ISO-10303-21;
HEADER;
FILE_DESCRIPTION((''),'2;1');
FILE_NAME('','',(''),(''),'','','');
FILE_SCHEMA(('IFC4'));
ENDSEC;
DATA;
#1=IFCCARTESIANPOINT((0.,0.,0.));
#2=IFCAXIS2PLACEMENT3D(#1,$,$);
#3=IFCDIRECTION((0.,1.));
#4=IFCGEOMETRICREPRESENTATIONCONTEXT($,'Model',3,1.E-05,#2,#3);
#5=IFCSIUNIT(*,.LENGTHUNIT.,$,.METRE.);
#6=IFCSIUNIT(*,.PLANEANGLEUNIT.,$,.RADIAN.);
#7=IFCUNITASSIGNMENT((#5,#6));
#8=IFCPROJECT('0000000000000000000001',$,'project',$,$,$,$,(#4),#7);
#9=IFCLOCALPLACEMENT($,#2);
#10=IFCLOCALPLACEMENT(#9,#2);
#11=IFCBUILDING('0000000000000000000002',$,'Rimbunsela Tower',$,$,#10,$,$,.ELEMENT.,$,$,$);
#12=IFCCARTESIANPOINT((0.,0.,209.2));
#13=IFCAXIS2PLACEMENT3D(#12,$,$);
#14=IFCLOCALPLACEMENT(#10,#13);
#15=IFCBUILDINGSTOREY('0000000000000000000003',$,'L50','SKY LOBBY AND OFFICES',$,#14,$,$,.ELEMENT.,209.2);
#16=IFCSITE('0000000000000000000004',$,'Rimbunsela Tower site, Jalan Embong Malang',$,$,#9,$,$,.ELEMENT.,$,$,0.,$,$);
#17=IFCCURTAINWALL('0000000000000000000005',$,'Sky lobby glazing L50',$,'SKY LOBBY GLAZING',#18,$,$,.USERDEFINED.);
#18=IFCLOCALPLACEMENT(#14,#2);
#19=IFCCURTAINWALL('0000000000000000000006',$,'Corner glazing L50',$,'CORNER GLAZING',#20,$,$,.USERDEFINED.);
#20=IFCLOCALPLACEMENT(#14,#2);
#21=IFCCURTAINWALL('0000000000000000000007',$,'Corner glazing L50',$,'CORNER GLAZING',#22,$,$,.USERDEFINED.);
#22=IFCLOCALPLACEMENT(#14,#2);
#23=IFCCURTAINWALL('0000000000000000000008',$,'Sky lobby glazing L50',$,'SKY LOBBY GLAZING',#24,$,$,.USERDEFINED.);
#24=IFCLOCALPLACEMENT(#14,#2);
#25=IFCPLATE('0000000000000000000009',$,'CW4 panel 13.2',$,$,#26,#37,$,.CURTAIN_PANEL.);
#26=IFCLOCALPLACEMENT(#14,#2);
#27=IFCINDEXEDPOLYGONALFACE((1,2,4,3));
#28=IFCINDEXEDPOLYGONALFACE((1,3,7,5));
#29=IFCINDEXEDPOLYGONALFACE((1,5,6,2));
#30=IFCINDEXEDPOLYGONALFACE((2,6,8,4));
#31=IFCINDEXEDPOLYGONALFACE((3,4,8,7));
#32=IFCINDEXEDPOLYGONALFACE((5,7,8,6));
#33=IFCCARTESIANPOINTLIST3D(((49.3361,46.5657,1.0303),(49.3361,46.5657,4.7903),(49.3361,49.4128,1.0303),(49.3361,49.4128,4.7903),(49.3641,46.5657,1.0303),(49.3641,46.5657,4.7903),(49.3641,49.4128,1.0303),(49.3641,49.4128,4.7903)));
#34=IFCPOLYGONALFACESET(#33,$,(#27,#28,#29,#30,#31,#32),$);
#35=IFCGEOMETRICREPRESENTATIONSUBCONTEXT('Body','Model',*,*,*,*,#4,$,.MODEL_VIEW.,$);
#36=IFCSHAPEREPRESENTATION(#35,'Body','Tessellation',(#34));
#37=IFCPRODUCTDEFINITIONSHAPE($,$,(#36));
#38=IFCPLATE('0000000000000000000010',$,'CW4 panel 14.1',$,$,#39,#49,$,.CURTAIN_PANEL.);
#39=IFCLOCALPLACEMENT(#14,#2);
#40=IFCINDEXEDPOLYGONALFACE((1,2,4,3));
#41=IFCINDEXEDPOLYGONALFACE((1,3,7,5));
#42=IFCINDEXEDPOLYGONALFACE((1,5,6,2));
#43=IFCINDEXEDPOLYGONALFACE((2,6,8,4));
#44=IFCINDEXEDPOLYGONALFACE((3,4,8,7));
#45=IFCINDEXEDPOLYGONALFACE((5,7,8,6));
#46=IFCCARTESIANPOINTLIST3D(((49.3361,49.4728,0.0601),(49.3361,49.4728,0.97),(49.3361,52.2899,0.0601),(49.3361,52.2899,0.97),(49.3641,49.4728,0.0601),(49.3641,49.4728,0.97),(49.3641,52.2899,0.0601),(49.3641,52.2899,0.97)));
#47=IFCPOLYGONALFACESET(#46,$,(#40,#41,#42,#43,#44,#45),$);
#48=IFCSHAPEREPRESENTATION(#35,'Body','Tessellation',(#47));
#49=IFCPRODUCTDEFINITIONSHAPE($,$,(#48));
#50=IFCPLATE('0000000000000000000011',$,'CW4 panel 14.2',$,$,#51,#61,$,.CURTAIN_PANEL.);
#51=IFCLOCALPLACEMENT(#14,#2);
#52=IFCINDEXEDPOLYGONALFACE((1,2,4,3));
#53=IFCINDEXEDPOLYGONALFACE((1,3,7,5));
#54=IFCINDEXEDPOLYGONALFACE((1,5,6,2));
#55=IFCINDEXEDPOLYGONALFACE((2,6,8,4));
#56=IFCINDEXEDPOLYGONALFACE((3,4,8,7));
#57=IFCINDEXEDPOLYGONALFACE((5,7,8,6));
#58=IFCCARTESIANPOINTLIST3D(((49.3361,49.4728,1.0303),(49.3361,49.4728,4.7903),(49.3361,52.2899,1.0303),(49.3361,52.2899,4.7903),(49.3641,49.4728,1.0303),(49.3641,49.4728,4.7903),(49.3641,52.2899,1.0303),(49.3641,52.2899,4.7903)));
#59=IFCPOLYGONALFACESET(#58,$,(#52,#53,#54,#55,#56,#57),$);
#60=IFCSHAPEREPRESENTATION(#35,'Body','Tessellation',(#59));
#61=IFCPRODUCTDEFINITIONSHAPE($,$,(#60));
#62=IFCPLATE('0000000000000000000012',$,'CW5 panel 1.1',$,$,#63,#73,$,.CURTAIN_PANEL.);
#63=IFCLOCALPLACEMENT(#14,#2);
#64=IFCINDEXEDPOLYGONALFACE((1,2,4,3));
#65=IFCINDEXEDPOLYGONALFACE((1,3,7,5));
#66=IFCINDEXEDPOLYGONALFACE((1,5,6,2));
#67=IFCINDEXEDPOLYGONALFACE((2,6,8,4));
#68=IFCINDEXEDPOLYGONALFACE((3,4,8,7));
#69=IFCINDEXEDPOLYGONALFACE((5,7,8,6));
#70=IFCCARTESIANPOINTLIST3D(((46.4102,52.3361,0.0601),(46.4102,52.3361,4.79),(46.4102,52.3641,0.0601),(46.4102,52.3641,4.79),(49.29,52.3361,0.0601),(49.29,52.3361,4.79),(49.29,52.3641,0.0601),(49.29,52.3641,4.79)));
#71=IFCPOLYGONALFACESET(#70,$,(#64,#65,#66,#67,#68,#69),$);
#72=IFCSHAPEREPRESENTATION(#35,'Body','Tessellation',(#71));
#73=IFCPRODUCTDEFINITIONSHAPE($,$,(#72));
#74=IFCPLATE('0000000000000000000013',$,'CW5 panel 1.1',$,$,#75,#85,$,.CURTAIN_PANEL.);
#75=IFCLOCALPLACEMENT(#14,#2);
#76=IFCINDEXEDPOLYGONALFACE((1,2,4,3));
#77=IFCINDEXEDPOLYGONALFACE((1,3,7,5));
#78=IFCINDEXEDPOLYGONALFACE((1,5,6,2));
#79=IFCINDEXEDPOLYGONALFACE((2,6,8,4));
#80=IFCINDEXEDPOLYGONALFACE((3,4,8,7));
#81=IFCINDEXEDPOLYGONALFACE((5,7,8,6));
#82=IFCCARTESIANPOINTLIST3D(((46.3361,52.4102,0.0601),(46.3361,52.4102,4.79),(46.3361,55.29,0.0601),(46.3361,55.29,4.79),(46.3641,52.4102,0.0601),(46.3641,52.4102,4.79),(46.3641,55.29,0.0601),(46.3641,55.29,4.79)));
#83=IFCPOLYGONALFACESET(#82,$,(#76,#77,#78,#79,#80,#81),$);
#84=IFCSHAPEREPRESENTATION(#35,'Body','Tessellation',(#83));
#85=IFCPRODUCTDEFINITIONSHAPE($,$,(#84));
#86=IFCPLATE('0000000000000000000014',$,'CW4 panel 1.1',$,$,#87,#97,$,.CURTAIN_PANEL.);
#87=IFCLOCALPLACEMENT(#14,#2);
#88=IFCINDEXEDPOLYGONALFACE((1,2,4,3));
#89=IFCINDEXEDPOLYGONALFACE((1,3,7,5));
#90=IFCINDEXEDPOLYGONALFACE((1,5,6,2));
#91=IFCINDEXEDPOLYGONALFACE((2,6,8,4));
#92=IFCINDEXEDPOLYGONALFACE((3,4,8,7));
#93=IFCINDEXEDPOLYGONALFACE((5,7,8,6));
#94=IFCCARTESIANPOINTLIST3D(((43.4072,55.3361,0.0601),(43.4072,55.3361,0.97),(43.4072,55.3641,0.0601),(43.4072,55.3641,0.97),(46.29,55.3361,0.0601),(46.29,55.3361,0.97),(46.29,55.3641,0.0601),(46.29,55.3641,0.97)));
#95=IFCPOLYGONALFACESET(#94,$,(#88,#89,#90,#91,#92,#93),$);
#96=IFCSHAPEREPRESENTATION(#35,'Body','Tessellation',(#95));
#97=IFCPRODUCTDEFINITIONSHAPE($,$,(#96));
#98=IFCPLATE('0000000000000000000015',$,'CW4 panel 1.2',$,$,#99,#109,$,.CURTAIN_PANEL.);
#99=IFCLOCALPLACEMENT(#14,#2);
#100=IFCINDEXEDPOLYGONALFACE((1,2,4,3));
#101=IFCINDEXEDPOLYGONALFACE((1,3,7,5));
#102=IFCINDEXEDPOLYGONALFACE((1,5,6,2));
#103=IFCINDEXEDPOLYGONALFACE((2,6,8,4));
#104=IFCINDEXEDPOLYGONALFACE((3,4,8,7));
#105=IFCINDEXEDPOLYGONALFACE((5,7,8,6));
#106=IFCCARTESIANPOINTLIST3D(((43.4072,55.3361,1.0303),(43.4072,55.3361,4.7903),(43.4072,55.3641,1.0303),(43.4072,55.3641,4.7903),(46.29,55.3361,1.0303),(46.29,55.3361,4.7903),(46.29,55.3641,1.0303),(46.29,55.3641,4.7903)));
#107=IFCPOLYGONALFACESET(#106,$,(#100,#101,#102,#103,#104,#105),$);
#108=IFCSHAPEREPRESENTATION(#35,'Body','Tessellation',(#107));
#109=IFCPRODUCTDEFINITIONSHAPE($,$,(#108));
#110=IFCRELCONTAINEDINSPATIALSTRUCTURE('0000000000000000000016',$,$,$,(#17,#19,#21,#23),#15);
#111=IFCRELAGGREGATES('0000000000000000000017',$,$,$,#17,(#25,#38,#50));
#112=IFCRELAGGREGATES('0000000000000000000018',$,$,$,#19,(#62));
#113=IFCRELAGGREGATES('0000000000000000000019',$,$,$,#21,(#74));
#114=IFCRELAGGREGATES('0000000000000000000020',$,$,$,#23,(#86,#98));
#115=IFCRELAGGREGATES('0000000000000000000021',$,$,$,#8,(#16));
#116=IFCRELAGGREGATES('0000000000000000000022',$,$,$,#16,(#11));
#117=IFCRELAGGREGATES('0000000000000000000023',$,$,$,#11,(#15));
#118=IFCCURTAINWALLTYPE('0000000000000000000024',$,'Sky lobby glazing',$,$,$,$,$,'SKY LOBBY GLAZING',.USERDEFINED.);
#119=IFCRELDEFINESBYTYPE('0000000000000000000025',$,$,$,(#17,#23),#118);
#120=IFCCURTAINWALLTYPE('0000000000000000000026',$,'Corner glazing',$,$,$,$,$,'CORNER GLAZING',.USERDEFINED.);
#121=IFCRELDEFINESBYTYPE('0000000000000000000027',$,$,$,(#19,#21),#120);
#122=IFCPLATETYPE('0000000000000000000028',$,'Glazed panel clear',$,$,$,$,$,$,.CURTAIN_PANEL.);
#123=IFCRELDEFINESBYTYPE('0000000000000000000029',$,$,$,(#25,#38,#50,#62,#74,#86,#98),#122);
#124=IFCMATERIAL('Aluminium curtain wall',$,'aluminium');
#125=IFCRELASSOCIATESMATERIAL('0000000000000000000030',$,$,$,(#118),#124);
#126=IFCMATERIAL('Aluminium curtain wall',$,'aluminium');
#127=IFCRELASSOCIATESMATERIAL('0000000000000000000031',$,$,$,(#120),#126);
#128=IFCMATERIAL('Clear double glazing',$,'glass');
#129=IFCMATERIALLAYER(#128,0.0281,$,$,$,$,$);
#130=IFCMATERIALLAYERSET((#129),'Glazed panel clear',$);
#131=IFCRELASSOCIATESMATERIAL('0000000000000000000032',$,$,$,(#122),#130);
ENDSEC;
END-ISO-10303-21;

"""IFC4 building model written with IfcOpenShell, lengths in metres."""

from ifc_helpers import new_model, si_unit, direction, frame, origin, origin_2d, place, context, subcontext, project, spatial, rectangle, extrude, material, layer, layer_set, type_object, element, aggregate, save


model = new_model("IFC4")

# Units and contexts
model_context = context("Model", 3, precision=1e-05, world=origin(), true_north=direction((0.0, 1.0)))
body_context = subcontext(model_context, "Body", "Model", "MODEL_VIEW")
ifc_project = project(units=[si_unit("LENGTHUNIT", "METRE"), si_unit("PLANEANGLEUNIT", "RADIAN")], contexts=[model_context])

# Site, building, storey
site_placement = place(None, origin())
site = spatial("IfcSite", under=ifc_project, at=site_placement, Name="Rimbunsela Tower site, Jalan Embong Malang", CompositionType="ELEMENT", RefElevation=0.0)
building_placement = place(site_placement, origin())
building = spatial("IfcBuilding", under=site, at=building_placement, Name="Rimbunsela Tower", CompositionType="ELEMENT")
storey_placement = place(building_placement, frame((0.0, 0.0, 209.2)))
storey = spatial("IfcBuildingStorey", under=building, at=storey_placement, Name="L50", Description="SKY LOBBY AND OFFICES", CompositionType="ELEMENT", Elevation=209.2)

# Curtain walls
ifc_material_1 = material(Name="Aluminium curtain wall", Category="aluminium")
curtain_wall_type_1 = type_object("IfcCurtainWallType", Name="Sky lobby glazing", ElementType="SKY LOBBY GLAZING", PredefinedType="USERDEFINED", material=ifc_material_1)
curtain_wall_1_placement = place(storey_placement, origin())
curtain_wall_1 = element("IfcCurtainWall", 1, at=curtain_wall_1_placement, inside=storey, type_object=curtain_wall_type_1, Name="Sky lobby glazing L50", ObjectType="SKY LOBBY GLAZING", PredefinedType="USERDEFINED")
ifc_material_2 = material(Name="Aluminium curtain wall", Category="aluminium")
curtain_wall_type_2 = type_object("IfcCurtainWallType", Name="Corner glazing", ElementType="CORNER GLAZING", PredefinedType="USERDEFINED", material=ifc_material_2)
curtain_wall_2_placement = place(storey_placement, origin())
curtain_wall_2 = element("IfcCurtainWall", 2, at=curtain_wall_2_placement, inside=storey, type_object=curtain_wall_type_2, Name="Corner glazing L50", ObjectType="CORNER GLAZING", PredefinedType="USERDEFINED")
curtain_wall_3_placement = place(storey_placement, origin())
curtain_wall_3 = element("IfcCurtainWall", 3, at=curtain_wall_3_placement, inside=storey, type_object=curtain_wall_type_2, Name="Corner glazing L50", ObjectType="CORNER GLAZING", PredefinedType="USERDEFINED")
curtain_wall_4_placement = place(storey_placement, origin())
curtain_wall_4 = element("IfcCurtainWall", 4, at=curtain_wall_4_placement, inside=storey, type_object=curtain_wall_type_1, Name="Sky lobby glazing L50", ObjectType="SKY LOBBY GLAZING", PredefinedType="USERDEFINED")

# Plates
ifc_material_3 = material(Name="Clear double glazing", Category="glass")
ifc_layer = layer(ifc_material_3, 0.0281)
ifc_layer_set = layer_set([ifc_layer], Name="Glazed panel clear")
plate_type = type_object("IfcPlateType", Name="Glazed panel clear", PredefinedType="CURTAIN_PANEL", material=ifc_layer_set)
plate_1_placement = place(storey_placement, frame((49.3501, 47.9893, 1.0303), z_axis=(0.0, 0.0, 1.0), x_axis=(0.0, 1.0, 0.0)))
plate_1 = element("IfcPlate", 5, at=plate_1_placement, type_object=plate_type, Name="CW4 panel 13.2", PredefinedType="CURTAIN_PANEL", context=body_context, shape_type="SweptSolid", body=[
    extrude(rectangle(XDim=2.8472, YDim=0.0281, at=origin_2d()), origin(), (0.0, 0.0, 1.0), 3.76),
])
plate_2_placement = place(storey_placement, frame((49.3501, 50.8813, 0.0601), z_axis=(0.0, 0.0, 1.0), x_axis=(0.0, 1.0, 0.0)))
plate_2 = element("IfcPlate", 6, at=plate_2_placement, type_object=plate_type, Name="CW4 panel 14.1", PredefinedType="CURTAIN_PANEL", context=body_context, shape_type="SweptSolid", body=[
    extrude(rectangle(XDim=2.8171, YDim=0.0281, at=origin_2d()), origin(), (0.0, 0.0, 1.0), 0.9099),
])
plate_3_placement = place(storey_placement, frame((49.3501, 50.8813, 1.0303), z_axis=(0.0, 0.0, 1.0), x_axis=(0.0, 1.0, 0.0)))
plate_3 = element("IfcPlate", 7, at=plate_3_placement, type_object=plate_type, Name="CW4 panel 14.2", PredefinedType="CURTAIN_PANEL", context=body_context, shape_type="SweptSolid", body=[
    extrude(rectangle(XDim=2.8171, YDim=0.0281, at=origin_2d()), origin(), (0.0, 0.0, 1.0), 3.76),
])
aggregate(curtain_wall_1, [plate_1, plate_2, plate_3])
plate_4_placement = place(storey_placement, frame((47.8501, 52.3501, 0.0601), z_axis=(0.0, 0.0, 1.0), x_axis=(-1.0, 0.0, 0.0)))
plate_4 = element("IfcPlate", 8, at=plate_4_placement, type_object=plate_type, Name="CW5 panel 1.1", PredefinedType="CURTAIN_PANEL", context=body_context, shape_type="SweptSolid", body=[
    extrude(rectangle(XDim=2.8799, YDim=0.0281, at=origin_2d()), origin(), (0.0, 0.0, 1.0), 4.73),
])
aggregate(curtain_wall_2, [plate_4])
plate_5_placement = place(storey_placement, frame((46.3501, 53.8501, 0.0601), z_axis=(0.0, 0.0, 1.0), x_axis=(0.0, 1.0, 0.0)))
plate_5 = element("IfcPlate", 9, at=plate_5_placement, type_object=plate_type, Name="CW5 panel 1.1", PredefinedType="CURTAIN_PANEL", context=body_context, shape_type="SweptSolid", body=[
    extrude(rectangle(XDim=2.8799, YDim=0.0281, at=origin_2d()), origin(), (0.0, 0.0, 1.0), 4.73),
])
aggregate(curtain_wall_3, [plate_5])
plate_6_placement = place(storey_placement, frame((44.8486, 55.3501, 0.0601), z_axis=(0.0, 0.0, 1.0), x_axis=(-1.0, 0.0, 0.0)))
plate_6 = element("IfcPlate", 10, at=plate_6_placement, type_object=plate_type, Name="CW4 panel 1.1", PredefinedType="CURTAIN_PANEL", context=body_context, shape_type="SweptSolid", body=[
    extrude(rectangle(XDim=2.8828, YDim=0.0281, at=origin_2d()), origin(), (0.0, 0.0, 1.0), 0.9099),
])
plate_7_placement = place(storey_placement, frame((44.8486, 55.3501, 1.0303), z_axis=(0.0, 0.0, 1.0), x_axis=(-1.0, 0.0, 0.0)))
plate_7 = element("IfcPlate", 11, at=plate_7_placement, type_object=plate_type, Name="CW4 panel 1.2", PredefinedType="CURTAIN_PANEL", context=body_context, shape_type="SweptSolid", body=[
    extrude(rectangle(XDim=2.8828, YDim=0.0281, at=origin_2d()), origin(), (0.0, 0.0, 1.0), 3.76),
])
aggregate(curtain_wall_4, [plate_6, plate_7])

save(model, "model.ifc")
